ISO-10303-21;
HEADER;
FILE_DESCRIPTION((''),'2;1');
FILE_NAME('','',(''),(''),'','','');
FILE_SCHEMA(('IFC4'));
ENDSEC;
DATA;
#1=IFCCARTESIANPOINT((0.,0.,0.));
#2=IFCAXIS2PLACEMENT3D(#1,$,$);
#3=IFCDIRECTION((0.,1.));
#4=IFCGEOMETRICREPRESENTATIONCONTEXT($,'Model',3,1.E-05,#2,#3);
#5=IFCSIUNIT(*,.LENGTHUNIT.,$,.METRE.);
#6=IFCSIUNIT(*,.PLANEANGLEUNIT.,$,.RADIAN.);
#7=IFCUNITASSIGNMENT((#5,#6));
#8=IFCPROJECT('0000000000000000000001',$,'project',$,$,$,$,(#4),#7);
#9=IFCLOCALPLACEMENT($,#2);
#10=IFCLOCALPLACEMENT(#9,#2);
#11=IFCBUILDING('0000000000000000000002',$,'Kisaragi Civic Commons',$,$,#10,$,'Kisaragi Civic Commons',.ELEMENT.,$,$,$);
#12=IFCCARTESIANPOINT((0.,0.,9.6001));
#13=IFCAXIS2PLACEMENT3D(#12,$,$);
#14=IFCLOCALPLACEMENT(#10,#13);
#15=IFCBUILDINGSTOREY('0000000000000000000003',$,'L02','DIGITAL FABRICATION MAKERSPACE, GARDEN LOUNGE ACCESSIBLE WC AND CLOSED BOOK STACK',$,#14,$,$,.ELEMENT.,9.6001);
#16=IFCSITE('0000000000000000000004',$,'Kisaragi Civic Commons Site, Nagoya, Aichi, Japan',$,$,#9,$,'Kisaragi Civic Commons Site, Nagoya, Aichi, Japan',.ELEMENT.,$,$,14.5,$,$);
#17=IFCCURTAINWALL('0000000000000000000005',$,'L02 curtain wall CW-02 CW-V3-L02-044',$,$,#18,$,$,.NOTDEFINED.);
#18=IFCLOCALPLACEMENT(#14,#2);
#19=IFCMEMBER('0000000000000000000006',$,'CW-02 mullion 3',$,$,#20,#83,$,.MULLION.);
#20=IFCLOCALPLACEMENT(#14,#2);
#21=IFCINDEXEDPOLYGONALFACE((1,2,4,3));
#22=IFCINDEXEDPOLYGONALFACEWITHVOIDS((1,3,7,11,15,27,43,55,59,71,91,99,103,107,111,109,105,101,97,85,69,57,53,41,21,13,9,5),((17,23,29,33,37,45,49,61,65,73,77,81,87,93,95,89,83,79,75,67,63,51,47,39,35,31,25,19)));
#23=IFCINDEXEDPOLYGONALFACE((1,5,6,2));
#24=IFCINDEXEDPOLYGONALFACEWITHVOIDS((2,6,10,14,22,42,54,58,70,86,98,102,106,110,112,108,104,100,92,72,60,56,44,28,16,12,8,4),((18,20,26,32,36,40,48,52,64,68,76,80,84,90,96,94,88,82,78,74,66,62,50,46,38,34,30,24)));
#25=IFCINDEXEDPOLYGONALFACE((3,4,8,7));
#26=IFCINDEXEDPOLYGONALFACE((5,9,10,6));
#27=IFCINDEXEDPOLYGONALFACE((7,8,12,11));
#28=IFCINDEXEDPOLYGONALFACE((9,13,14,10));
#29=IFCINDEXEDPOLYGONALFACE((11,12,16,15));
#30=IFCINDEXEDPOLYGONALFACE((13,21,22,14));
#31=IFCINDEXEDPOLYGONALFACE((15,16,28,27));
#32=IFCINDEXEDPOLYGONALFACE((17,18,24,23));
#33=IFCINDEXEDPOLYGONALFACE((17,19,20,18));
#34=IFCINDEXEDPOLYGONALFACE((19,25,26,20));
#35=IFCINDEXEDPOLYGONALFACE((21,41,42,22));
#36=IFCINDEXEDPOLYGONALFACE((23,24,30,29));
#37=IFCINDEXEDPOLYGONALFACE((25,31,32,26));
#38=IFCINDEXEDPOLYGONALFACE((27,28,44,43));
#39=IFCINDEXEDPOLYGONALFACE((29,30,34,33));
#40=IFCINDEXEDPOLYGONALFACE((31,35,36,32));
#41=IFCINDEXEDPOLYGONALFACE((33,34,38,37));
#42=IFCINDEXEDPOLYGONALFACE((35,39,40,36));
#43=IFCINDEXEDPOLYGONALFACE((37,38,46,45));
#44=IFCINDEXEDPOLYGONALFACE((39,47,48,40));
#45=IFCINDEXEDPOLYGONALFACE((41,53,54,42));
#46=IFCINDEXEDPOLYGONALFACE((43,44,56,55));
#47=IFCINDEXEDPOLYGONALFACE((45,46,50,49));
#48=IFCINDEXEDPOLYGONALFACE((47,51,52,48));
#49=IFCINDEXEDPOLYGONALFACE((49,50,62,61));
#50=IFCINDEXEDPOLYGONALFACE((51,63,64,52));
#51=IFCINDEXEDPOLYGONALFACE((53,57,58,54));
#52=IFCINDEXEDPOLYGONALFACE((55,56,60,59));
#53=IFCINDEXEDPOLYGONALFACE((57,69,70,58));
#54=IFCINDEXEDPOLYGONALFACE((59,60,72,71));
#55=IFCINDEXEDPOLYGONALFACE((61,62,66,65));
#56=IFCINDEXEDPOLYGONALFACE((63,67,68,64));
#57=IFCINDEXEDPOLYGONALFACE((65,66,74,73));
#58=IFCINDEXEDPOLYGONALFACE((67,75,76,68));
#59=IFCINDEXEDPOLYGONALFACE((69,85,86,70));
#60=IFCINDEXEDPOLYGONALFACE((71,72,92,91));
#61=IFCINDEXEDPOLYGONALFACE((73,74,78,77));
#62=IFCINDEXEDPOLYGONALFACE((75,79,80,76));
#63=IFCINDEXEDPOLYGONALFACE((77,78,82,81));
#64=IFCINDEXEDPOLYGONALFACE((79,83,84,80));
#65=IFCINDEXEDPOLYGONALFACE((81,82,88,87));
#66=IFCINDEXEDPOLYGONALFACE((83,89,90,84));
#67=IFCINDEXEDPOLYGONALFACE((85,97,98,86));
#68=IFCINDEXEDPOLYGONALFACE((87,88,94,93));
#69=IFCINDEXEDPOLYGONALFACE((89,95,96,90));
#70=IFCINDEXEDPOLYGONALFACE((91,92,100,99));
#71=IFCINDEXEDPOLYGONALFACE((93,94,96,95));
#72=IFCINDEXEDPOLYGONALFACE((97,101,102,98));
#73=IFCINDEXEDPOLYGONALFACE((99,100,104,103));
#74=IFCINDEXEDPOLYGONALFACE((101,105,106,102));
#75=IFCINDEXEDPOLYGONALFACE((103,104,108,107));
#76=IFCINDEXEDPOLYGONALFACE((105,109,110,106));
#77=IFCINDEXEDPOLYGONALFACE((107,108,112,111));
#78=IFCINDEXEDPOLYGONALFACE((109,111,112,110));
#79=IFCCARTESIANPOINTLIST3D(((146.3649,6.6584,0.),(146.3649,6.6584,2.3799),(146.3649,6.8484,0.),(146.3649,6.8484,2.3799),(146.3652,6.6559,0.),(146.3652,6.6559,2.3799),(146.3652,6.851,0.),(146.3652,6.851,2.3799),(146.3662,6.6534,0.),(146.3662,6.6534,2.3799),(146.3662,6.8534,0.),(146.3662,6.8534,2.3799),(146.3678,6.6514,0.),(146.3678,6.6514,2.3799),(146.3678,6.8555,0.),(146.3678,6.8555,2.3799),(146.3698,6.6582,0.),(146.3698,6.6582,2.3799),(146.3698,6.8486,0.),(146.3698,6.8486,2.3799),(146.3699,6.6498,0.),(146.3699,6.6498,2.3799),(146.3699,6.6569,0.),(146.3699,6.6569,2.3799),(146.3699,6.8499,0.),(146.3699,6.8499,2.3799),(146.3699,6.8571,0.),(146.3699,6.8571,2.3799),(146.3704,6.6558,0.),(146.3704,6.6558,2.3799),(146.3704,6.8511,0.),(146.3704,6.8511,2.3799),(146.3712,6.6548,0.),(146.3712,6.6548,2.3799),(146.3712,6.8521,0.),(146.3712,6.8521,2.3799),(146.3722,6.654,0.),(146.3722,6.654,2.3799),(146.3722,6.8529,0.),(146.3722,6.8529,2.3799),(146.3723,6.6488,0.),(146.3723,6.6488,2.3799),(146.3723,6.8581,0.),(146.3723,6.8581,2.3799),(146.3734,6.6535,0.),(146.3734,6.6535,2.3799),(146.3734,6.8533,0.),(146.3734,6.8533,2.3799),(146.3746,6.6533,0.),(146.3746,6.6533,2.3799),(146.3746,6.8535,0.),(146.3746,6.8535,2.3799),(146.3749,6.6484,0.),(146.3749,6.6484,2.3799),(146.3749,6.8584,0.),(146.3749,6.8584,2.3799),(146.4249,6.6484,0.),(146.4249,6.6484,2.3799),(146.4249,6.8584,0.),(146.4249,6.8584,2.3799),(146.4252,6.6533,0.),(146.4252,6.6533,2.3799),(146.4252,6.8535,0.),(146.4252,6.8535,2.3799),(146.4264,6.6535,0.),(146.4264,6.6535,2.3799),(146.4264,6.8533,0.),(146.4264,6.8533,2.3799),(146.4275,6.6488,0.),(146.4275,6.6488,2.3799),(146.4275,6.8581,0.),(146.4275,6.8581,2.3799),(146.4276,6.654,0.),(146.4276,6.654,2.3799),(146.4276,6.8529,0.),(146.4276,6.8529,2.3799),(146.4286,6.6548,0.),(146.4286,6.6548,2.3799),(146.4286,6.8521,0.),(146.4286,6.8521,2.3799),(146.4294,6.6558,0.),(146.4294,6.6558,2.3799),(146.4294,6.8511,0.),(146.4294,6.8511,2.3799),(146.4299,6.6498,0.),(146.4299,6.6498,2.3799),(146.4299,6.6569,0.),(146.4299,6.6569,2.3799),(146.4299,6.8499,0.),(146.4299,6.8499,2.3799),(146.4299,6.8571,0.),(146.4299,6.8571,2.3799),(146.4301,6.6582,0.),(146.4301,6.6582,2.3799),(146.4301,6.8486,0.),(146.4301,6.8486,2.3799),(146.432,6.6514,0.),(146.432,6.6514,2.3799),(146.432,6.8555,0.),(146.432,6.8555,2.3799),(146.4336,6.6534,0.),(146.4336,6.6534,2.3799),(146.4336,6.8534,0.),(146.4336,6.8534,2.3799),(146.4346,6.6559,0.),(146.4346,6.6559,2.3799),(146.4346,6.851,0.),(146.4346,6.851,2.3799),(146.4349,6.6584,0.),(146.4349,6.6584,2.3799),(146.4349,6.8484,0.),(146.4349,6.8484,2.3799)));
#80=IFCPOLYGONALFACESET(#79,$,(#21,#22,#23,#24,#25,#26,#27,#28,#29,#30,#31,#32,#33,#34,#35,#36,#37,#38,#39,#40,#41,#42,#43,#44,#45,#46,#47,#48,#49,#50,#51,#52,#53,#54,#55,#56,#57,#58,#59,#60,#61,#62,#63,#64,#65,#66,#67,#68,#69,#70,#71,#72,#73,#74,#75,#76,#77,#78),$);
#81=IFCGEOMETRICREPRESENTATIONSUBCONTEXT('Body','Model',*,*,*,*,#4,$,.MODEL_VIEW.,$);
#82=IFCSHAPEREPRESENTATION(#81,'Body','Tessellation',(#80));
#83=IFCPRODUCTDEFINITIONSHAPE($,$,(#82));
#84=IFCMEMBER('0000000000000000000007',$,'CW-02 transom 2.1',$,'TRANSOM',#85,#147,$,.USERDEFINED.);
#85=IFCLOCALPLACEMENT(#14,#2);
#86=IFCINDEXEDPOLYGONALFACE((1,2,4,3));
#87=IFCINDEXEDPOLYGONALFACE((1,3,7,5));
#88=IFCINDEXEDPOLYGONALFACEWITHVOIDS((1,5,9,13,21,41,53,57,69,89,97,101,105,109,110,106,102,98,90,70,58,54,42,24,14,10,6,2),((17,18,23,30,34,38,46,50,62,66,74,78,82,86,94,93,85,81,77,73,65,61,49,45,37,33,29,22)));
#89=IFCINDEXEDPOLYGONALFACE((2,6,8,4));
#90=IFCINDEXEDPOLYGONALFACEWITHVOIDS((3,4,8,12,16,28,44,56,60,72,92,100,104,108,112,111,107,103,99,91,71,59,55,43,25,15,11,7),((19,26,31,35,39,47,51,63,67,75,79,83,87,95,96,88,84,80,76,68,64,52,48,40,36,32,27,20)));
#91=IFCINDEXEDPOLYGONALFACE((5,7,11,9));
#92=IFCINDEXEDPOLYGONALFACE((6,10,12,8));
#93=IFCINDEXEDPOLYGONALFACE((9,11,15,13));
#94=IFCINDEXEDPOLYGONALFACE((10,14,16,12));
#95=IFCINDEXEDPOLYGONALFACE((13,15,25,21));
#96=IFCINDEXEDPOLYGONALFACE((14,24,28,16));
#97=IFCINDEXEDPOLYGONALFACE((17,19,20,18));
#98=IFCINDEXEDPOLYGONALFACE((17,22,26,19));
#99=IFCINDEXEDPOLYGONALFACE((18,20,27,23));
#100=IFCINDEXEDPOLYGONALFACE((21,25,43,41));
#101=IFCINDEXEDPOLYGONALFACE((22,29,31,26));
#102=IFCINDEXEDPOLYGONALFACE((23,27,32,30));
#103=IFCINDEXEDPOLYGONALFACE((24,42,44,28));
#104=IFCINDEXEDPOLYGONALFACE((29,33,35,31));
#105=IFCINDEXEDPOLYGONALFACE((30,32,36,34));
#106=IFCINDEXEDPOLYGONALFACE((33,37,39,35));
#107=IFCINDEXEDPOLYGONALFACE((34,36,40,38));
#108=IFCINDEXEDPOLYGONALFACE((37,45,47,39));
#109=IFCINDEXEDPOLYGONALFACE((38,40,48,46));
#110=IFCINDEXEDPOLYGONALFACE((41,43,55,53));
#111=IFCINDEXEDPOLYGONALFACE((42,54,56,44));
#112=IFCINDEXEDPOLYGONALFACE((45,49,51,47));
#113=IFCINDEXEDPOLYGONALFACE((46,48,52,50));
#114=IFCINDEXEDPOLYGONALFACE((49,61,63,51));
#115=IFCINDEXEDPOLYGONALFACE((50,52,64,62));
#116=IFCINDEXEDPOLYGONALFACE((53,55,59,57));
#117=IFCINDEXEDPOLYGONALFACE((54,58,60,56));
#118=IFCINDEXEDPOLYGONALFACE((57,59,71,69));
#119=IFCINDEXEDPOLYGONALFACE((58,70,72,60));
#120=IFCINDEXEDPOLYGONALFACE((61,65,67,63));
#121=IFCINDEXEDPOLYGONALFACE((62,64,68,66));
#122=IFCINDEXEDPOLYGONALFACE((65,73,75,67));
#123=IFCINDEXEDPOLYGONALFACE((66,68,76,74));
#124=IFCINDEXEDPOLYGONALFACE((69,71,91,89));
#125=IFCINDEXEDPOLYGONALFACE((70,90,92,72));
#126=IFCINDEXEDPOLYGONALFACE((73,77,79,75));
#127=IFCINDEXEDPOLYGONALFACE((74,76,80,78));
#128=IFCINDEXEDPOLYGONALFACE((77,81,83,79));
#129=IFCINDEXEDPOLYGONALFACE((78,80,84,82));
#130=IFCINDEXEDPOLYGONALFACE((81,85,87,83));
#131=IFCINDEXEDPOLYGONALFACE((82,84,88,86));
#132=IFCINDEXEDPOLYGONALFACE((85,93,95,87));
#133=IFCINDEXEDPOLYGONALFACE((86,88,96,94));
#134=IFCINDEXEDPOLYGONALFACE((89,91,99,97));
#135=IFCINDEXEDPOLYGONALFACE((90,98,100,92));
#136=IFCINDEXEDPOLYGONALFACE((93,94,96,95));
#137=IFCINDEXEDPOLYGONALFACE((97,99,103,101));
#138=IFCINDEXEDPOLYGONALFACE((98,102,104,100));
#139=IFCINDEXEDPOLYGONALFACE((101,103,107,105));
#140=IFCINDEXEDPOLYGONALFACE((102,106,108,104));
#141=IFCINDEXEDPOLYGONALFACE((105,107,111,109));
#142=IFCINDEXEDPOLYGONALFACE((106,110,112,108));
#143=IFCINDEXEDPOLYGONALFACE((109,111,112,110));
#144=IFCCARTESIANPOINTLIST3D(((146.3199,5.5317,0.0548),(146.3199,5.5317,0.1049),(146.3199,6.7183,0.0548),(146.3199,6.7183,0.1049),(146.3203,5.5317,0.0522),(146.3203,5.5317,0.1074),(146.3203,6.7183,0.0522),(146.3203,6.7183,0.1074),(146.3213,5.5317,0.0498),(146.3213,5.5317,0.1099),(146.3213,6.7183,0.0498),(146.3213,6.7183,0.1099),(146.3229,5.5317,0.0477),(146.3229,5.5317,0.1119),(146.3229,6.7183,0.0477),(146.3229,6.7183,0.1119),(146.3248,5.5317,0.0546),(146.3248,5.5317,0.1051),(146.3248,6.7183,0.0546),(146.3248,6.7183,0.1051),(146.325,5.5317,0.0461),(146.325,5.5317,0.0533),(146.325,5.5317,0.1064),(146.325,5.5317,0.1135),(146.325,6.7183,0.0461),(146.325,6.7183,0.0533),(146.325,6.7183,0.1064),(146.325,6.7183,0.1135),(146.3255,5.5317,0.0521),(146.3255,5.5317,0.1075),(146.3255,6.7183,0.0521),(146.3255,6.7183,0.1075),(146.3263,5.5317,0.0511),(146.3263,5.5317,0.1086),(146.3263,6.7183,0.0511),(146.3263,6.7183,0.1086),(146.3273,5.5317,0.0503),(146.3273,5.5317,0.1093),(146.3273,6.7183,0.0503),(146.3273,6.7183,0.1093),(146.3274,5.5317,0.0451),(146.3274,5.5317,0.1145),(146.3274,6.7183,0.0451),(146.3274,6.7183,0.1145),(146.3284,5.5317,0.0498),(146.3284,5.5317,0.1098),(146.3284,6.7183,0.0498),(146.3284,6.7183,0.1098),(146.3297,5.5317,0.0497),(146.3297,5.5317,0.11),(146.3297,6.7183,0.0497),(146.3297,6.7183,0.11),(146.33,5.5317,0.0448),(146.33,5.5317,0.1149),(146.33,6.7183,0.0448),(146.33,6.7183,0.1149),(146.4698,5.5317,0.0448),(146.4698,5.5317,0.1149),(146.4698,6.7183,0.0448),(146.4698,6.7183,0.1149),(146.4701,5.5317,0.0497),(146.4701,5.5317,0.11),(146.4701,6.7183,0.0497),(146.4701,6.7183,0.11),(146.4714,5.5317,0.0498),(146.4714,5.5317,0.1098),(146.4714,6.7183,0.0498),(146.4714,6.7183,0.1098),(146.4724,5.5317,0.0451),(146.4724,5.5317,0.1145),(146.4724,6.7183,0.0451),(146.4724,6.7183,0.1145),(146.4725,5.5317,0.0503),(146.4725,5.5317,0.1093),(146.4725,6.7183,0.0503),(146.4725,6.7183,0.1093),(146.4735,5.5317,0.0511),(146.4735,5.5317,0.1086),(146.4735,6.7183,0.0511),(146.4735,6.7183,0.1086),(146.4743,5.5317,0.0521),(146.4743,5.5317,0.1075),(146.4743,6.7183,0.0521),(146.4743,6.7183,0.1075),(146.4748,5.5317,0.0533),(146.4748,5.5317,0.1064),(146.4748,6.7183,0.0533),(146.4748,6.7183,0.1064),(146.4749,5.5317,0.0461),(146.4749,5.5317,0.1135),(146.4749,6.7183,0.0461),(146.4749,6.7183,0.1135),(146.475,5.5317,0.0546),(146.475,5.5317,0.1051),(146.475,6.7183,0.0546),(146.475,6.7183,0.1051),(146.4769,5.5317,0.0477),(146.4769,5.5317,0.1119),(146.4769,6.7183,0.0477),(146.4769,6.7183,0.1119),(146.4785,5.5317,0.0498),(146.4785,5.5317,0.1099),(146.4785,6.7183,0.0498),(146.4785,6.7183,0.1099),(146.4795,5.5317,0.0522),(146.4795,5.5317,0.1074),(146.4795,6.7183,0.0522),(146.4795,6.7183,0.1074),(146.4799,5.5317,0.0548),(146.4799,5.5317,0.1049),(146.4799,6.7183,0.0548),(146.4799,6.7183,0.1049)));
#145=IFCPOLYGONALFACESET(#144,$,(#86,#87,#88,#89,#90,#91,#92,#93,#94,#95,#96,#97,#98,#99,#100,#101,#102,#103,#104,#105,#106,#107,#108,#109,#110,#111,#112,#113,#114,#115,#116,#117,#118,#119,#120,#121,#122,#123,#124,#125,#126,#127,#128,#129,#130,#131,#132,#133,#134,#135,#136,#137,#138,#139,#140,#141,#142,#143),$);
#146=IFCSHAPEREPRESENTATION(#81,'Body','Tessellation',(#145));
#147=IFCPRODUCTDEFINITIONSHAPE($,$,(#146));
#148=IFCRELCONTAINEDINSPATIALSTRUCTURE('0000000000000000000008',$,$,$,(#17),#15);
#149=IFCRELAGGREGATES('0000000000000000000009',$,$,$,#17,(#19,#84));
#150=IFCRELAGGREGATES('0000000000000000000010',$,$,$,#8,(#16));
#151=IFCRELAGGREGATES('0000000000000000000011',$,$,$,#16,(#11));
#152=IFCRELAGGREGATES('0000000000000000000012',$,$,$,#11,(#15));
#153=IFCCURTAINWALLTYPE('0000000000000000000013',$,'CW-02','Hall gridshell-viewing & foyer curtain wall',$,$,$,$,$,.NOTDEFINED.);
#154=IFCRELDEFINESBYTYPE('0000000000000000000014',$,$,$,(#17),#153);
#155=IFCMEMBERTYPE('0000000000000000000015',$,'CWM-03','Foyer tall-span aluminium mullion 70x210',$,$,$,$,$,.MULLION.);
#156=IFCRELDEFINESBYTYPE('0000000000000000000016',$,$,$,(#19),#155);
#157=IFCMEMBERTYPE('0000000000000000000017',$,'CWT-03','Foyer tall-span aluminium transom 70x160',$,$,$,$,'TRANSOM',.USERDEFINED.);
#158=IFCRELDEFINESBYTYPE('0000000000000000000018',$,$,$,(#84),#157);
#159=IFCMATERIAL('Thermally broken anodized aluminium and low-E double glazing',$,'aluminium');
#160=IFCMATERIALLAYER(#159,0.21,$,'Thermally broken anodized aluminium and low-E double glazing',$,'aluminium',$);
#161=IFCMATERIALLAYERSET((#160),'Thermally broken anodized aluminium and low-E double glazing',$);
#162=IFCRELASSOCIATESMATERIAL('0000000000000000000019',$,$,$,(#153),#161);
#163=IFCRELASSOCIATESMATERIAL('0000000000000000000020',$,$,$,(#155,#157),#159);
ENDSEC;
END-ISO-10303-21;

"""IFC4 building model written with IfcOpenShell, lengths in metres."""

from ifc_helpers import new_model, si_unit, direction, frame, origin, origin_2d, place, context, subcontext, project, spatial, hollow_rectangle, extrude, material, layer, layer_set, material_profile, profile_set, type_object, element, aggregate, save


model = new_model("IFC4")

# Units and contexts
model_context = context("Model", 3, precision=1e-05, world=origin(), true_north=direction((0.0, 1.0)))
body_context = subcontext(model_context, "Body", "Model", "MODEL_VIEW")
ifc_project = project(units=[si_unit("LENGTHUNIT", "METRE"), si_unit("PLANEANGLEUNIT", "RADIAN")], contexts=[model_context])

# Site, building, storey
site_placement = place(None, origin())
site = spatial("IfcSite", under=ifc_project, at=site_placement, Name="Kisaragi Civic Commons Site, Nagoya, Aichi, Japan", LongName="Kisaragi Civic Commons Site, Nagoya, Aichi, Japan", CompositionType="ELEMENT", RefElevation=14.5)
building_placement = place(site_placement, origin())
building = spatial("IfcBuilding", under=site, at=building_placement, Name="Kisaragi Civic Commons", LongName="Kisaragi Civic Commons", CompositionType="ELEMENT")
storey_placement = place(building_placement, frame((0.0, 0.0, 9.6001)))
storey = spatial("IfcBuildingStorey", under=building, at=storey_placement, Name="L02", Description="DIGITAL FABRICATION MAKERSPACE, GARDEN LOUNGE ACCESSIBLE WC AND CLOSED BOOK STACK", CompositionType="ELEMENT", Elevation=9.6001)

# Curtain wall, members
ifc_material_1 = material(Name="Thermally broken anodized aluminium and low-E double glazing", Category="aluminium")
ifc_layer_1 = layer(ifc_material_1, 0.21, Name="Thermally broken anodized aluminium and low-E double glazing", Category="aluminium")
ifc_layer_set_1 = layer_set([ifc_layer_1], Name="Thermally broken anodized aluminium and low-E double glazing")
curtain_wall_type = type_object("IfcCurtainWallType", Name="CW-02", Description="Hall gridshell-viewing & foyer curtain wall", PredefinedType="NOTDEFINED", material=ifc_layer_set_1)
curtain_wall_placement = place(storey_placement, origin())
curtain_wall = element("IfcCurtainWall", 1, at=curtain_wall_placement, inside=storey, type_object=curtain_wall_type, Name="L02 curtain wall CW-02 CW-V3-L02-044", PredefinedType="NOTDEFINED")
ifc_material_profile_1 = material_profile(ifc_material_1, hollow_rectangle(XDim=0.0701, YDim=0.21, WallThickness=0.0049, InnerFilletRadius=0.0049, OuterFilletRadius=0.01, at=origin_2d()), Name="CWM-70x210x5", Category="aluminium")
ifc_profile_set_1 = profile_set([ifc_material_profile_1], Name="Thermally broken anodized aluminium and low-E double glazing")
member_type_1 = type_object("IfcMemberType", Name="CWM-03", Description="Foyer tall-span aluminium mullion 70x210", PredefinedType="MULLION", material=ifc_profile_set_1)
member_1_placement = place(storey_placement, frame((146.3999, 6.7534, 0.0), z_axis=(0.0, 0.0, 1.0), x_axis=(-1.0, 0.0, 0.0)))
member_1 = element("IfcMember", 2, at=member_1_placement, type_object=member_type_1, Name="CW-02 mullion 3", PredefinedType="MULLION", context=body_context, shape_type="SweptSolid", body=[
    extrude(hollow_rectangle(XDim=0.0701, YDim=0.21, WallThickness=0.0049, InnerFilletRadius=0.0049, OuterFilletRadius=0.01, at=origin_2d()), origin(), (0.0, 0.0, 1.0), 2.3799),
])
ifc_material_profile_2 = material_profile(ifc_material_1, hollow_rectangle(XDim=0.1599, YDim=0.0701, WallThickness=0.0049, InnerFilletRadius=0.0049, OuterFilletRadius=0.01, at=origin_2d()), Name="CWT-70x160x5", Category="aluminium")
ifc_profile_set_2 = profile_set([ifc_material_profile_2], Name="Thermally broken anodized aluminium and low-E double glazing")
member_type_2 = type_object("IfcMemberType", Name="CWT-03", Description="Foyer tall-span aluminium transom 70x160", ElementType="TRANSOM", PredefinedType="USERDEFINED", material=ifc_profile_set_2)
member_2_placement = place(storey_placement, frame((146.3999, 5.5317, 0.0798), z_axis=(0.0, 1.0, 0.0), x_axis=(-1.0, 0.0, 0.0)))
member_2 = element("IfcMember", 3, at=member_2_placement, type_object=member_type_2, Name="CW-02 transom 2.1", ObjectType="TRANSOM", PredefinedType="USERDEFINED", context=body_context, shape_type="SweptSolid", body=[
    extrude(hollow_rectangle(XDim=0.1599, YDim=0.0701, WallThickness=0.0049, InnerFilletRadius=0.0049, OuterFilletRadius=0.01, at=origin_2d()), origin(), (0.0, 0.0, 1.0), 1.1865),
])

aggregate(curtain_wall, [member_1, member_2])

save(model, "model.ifc")
